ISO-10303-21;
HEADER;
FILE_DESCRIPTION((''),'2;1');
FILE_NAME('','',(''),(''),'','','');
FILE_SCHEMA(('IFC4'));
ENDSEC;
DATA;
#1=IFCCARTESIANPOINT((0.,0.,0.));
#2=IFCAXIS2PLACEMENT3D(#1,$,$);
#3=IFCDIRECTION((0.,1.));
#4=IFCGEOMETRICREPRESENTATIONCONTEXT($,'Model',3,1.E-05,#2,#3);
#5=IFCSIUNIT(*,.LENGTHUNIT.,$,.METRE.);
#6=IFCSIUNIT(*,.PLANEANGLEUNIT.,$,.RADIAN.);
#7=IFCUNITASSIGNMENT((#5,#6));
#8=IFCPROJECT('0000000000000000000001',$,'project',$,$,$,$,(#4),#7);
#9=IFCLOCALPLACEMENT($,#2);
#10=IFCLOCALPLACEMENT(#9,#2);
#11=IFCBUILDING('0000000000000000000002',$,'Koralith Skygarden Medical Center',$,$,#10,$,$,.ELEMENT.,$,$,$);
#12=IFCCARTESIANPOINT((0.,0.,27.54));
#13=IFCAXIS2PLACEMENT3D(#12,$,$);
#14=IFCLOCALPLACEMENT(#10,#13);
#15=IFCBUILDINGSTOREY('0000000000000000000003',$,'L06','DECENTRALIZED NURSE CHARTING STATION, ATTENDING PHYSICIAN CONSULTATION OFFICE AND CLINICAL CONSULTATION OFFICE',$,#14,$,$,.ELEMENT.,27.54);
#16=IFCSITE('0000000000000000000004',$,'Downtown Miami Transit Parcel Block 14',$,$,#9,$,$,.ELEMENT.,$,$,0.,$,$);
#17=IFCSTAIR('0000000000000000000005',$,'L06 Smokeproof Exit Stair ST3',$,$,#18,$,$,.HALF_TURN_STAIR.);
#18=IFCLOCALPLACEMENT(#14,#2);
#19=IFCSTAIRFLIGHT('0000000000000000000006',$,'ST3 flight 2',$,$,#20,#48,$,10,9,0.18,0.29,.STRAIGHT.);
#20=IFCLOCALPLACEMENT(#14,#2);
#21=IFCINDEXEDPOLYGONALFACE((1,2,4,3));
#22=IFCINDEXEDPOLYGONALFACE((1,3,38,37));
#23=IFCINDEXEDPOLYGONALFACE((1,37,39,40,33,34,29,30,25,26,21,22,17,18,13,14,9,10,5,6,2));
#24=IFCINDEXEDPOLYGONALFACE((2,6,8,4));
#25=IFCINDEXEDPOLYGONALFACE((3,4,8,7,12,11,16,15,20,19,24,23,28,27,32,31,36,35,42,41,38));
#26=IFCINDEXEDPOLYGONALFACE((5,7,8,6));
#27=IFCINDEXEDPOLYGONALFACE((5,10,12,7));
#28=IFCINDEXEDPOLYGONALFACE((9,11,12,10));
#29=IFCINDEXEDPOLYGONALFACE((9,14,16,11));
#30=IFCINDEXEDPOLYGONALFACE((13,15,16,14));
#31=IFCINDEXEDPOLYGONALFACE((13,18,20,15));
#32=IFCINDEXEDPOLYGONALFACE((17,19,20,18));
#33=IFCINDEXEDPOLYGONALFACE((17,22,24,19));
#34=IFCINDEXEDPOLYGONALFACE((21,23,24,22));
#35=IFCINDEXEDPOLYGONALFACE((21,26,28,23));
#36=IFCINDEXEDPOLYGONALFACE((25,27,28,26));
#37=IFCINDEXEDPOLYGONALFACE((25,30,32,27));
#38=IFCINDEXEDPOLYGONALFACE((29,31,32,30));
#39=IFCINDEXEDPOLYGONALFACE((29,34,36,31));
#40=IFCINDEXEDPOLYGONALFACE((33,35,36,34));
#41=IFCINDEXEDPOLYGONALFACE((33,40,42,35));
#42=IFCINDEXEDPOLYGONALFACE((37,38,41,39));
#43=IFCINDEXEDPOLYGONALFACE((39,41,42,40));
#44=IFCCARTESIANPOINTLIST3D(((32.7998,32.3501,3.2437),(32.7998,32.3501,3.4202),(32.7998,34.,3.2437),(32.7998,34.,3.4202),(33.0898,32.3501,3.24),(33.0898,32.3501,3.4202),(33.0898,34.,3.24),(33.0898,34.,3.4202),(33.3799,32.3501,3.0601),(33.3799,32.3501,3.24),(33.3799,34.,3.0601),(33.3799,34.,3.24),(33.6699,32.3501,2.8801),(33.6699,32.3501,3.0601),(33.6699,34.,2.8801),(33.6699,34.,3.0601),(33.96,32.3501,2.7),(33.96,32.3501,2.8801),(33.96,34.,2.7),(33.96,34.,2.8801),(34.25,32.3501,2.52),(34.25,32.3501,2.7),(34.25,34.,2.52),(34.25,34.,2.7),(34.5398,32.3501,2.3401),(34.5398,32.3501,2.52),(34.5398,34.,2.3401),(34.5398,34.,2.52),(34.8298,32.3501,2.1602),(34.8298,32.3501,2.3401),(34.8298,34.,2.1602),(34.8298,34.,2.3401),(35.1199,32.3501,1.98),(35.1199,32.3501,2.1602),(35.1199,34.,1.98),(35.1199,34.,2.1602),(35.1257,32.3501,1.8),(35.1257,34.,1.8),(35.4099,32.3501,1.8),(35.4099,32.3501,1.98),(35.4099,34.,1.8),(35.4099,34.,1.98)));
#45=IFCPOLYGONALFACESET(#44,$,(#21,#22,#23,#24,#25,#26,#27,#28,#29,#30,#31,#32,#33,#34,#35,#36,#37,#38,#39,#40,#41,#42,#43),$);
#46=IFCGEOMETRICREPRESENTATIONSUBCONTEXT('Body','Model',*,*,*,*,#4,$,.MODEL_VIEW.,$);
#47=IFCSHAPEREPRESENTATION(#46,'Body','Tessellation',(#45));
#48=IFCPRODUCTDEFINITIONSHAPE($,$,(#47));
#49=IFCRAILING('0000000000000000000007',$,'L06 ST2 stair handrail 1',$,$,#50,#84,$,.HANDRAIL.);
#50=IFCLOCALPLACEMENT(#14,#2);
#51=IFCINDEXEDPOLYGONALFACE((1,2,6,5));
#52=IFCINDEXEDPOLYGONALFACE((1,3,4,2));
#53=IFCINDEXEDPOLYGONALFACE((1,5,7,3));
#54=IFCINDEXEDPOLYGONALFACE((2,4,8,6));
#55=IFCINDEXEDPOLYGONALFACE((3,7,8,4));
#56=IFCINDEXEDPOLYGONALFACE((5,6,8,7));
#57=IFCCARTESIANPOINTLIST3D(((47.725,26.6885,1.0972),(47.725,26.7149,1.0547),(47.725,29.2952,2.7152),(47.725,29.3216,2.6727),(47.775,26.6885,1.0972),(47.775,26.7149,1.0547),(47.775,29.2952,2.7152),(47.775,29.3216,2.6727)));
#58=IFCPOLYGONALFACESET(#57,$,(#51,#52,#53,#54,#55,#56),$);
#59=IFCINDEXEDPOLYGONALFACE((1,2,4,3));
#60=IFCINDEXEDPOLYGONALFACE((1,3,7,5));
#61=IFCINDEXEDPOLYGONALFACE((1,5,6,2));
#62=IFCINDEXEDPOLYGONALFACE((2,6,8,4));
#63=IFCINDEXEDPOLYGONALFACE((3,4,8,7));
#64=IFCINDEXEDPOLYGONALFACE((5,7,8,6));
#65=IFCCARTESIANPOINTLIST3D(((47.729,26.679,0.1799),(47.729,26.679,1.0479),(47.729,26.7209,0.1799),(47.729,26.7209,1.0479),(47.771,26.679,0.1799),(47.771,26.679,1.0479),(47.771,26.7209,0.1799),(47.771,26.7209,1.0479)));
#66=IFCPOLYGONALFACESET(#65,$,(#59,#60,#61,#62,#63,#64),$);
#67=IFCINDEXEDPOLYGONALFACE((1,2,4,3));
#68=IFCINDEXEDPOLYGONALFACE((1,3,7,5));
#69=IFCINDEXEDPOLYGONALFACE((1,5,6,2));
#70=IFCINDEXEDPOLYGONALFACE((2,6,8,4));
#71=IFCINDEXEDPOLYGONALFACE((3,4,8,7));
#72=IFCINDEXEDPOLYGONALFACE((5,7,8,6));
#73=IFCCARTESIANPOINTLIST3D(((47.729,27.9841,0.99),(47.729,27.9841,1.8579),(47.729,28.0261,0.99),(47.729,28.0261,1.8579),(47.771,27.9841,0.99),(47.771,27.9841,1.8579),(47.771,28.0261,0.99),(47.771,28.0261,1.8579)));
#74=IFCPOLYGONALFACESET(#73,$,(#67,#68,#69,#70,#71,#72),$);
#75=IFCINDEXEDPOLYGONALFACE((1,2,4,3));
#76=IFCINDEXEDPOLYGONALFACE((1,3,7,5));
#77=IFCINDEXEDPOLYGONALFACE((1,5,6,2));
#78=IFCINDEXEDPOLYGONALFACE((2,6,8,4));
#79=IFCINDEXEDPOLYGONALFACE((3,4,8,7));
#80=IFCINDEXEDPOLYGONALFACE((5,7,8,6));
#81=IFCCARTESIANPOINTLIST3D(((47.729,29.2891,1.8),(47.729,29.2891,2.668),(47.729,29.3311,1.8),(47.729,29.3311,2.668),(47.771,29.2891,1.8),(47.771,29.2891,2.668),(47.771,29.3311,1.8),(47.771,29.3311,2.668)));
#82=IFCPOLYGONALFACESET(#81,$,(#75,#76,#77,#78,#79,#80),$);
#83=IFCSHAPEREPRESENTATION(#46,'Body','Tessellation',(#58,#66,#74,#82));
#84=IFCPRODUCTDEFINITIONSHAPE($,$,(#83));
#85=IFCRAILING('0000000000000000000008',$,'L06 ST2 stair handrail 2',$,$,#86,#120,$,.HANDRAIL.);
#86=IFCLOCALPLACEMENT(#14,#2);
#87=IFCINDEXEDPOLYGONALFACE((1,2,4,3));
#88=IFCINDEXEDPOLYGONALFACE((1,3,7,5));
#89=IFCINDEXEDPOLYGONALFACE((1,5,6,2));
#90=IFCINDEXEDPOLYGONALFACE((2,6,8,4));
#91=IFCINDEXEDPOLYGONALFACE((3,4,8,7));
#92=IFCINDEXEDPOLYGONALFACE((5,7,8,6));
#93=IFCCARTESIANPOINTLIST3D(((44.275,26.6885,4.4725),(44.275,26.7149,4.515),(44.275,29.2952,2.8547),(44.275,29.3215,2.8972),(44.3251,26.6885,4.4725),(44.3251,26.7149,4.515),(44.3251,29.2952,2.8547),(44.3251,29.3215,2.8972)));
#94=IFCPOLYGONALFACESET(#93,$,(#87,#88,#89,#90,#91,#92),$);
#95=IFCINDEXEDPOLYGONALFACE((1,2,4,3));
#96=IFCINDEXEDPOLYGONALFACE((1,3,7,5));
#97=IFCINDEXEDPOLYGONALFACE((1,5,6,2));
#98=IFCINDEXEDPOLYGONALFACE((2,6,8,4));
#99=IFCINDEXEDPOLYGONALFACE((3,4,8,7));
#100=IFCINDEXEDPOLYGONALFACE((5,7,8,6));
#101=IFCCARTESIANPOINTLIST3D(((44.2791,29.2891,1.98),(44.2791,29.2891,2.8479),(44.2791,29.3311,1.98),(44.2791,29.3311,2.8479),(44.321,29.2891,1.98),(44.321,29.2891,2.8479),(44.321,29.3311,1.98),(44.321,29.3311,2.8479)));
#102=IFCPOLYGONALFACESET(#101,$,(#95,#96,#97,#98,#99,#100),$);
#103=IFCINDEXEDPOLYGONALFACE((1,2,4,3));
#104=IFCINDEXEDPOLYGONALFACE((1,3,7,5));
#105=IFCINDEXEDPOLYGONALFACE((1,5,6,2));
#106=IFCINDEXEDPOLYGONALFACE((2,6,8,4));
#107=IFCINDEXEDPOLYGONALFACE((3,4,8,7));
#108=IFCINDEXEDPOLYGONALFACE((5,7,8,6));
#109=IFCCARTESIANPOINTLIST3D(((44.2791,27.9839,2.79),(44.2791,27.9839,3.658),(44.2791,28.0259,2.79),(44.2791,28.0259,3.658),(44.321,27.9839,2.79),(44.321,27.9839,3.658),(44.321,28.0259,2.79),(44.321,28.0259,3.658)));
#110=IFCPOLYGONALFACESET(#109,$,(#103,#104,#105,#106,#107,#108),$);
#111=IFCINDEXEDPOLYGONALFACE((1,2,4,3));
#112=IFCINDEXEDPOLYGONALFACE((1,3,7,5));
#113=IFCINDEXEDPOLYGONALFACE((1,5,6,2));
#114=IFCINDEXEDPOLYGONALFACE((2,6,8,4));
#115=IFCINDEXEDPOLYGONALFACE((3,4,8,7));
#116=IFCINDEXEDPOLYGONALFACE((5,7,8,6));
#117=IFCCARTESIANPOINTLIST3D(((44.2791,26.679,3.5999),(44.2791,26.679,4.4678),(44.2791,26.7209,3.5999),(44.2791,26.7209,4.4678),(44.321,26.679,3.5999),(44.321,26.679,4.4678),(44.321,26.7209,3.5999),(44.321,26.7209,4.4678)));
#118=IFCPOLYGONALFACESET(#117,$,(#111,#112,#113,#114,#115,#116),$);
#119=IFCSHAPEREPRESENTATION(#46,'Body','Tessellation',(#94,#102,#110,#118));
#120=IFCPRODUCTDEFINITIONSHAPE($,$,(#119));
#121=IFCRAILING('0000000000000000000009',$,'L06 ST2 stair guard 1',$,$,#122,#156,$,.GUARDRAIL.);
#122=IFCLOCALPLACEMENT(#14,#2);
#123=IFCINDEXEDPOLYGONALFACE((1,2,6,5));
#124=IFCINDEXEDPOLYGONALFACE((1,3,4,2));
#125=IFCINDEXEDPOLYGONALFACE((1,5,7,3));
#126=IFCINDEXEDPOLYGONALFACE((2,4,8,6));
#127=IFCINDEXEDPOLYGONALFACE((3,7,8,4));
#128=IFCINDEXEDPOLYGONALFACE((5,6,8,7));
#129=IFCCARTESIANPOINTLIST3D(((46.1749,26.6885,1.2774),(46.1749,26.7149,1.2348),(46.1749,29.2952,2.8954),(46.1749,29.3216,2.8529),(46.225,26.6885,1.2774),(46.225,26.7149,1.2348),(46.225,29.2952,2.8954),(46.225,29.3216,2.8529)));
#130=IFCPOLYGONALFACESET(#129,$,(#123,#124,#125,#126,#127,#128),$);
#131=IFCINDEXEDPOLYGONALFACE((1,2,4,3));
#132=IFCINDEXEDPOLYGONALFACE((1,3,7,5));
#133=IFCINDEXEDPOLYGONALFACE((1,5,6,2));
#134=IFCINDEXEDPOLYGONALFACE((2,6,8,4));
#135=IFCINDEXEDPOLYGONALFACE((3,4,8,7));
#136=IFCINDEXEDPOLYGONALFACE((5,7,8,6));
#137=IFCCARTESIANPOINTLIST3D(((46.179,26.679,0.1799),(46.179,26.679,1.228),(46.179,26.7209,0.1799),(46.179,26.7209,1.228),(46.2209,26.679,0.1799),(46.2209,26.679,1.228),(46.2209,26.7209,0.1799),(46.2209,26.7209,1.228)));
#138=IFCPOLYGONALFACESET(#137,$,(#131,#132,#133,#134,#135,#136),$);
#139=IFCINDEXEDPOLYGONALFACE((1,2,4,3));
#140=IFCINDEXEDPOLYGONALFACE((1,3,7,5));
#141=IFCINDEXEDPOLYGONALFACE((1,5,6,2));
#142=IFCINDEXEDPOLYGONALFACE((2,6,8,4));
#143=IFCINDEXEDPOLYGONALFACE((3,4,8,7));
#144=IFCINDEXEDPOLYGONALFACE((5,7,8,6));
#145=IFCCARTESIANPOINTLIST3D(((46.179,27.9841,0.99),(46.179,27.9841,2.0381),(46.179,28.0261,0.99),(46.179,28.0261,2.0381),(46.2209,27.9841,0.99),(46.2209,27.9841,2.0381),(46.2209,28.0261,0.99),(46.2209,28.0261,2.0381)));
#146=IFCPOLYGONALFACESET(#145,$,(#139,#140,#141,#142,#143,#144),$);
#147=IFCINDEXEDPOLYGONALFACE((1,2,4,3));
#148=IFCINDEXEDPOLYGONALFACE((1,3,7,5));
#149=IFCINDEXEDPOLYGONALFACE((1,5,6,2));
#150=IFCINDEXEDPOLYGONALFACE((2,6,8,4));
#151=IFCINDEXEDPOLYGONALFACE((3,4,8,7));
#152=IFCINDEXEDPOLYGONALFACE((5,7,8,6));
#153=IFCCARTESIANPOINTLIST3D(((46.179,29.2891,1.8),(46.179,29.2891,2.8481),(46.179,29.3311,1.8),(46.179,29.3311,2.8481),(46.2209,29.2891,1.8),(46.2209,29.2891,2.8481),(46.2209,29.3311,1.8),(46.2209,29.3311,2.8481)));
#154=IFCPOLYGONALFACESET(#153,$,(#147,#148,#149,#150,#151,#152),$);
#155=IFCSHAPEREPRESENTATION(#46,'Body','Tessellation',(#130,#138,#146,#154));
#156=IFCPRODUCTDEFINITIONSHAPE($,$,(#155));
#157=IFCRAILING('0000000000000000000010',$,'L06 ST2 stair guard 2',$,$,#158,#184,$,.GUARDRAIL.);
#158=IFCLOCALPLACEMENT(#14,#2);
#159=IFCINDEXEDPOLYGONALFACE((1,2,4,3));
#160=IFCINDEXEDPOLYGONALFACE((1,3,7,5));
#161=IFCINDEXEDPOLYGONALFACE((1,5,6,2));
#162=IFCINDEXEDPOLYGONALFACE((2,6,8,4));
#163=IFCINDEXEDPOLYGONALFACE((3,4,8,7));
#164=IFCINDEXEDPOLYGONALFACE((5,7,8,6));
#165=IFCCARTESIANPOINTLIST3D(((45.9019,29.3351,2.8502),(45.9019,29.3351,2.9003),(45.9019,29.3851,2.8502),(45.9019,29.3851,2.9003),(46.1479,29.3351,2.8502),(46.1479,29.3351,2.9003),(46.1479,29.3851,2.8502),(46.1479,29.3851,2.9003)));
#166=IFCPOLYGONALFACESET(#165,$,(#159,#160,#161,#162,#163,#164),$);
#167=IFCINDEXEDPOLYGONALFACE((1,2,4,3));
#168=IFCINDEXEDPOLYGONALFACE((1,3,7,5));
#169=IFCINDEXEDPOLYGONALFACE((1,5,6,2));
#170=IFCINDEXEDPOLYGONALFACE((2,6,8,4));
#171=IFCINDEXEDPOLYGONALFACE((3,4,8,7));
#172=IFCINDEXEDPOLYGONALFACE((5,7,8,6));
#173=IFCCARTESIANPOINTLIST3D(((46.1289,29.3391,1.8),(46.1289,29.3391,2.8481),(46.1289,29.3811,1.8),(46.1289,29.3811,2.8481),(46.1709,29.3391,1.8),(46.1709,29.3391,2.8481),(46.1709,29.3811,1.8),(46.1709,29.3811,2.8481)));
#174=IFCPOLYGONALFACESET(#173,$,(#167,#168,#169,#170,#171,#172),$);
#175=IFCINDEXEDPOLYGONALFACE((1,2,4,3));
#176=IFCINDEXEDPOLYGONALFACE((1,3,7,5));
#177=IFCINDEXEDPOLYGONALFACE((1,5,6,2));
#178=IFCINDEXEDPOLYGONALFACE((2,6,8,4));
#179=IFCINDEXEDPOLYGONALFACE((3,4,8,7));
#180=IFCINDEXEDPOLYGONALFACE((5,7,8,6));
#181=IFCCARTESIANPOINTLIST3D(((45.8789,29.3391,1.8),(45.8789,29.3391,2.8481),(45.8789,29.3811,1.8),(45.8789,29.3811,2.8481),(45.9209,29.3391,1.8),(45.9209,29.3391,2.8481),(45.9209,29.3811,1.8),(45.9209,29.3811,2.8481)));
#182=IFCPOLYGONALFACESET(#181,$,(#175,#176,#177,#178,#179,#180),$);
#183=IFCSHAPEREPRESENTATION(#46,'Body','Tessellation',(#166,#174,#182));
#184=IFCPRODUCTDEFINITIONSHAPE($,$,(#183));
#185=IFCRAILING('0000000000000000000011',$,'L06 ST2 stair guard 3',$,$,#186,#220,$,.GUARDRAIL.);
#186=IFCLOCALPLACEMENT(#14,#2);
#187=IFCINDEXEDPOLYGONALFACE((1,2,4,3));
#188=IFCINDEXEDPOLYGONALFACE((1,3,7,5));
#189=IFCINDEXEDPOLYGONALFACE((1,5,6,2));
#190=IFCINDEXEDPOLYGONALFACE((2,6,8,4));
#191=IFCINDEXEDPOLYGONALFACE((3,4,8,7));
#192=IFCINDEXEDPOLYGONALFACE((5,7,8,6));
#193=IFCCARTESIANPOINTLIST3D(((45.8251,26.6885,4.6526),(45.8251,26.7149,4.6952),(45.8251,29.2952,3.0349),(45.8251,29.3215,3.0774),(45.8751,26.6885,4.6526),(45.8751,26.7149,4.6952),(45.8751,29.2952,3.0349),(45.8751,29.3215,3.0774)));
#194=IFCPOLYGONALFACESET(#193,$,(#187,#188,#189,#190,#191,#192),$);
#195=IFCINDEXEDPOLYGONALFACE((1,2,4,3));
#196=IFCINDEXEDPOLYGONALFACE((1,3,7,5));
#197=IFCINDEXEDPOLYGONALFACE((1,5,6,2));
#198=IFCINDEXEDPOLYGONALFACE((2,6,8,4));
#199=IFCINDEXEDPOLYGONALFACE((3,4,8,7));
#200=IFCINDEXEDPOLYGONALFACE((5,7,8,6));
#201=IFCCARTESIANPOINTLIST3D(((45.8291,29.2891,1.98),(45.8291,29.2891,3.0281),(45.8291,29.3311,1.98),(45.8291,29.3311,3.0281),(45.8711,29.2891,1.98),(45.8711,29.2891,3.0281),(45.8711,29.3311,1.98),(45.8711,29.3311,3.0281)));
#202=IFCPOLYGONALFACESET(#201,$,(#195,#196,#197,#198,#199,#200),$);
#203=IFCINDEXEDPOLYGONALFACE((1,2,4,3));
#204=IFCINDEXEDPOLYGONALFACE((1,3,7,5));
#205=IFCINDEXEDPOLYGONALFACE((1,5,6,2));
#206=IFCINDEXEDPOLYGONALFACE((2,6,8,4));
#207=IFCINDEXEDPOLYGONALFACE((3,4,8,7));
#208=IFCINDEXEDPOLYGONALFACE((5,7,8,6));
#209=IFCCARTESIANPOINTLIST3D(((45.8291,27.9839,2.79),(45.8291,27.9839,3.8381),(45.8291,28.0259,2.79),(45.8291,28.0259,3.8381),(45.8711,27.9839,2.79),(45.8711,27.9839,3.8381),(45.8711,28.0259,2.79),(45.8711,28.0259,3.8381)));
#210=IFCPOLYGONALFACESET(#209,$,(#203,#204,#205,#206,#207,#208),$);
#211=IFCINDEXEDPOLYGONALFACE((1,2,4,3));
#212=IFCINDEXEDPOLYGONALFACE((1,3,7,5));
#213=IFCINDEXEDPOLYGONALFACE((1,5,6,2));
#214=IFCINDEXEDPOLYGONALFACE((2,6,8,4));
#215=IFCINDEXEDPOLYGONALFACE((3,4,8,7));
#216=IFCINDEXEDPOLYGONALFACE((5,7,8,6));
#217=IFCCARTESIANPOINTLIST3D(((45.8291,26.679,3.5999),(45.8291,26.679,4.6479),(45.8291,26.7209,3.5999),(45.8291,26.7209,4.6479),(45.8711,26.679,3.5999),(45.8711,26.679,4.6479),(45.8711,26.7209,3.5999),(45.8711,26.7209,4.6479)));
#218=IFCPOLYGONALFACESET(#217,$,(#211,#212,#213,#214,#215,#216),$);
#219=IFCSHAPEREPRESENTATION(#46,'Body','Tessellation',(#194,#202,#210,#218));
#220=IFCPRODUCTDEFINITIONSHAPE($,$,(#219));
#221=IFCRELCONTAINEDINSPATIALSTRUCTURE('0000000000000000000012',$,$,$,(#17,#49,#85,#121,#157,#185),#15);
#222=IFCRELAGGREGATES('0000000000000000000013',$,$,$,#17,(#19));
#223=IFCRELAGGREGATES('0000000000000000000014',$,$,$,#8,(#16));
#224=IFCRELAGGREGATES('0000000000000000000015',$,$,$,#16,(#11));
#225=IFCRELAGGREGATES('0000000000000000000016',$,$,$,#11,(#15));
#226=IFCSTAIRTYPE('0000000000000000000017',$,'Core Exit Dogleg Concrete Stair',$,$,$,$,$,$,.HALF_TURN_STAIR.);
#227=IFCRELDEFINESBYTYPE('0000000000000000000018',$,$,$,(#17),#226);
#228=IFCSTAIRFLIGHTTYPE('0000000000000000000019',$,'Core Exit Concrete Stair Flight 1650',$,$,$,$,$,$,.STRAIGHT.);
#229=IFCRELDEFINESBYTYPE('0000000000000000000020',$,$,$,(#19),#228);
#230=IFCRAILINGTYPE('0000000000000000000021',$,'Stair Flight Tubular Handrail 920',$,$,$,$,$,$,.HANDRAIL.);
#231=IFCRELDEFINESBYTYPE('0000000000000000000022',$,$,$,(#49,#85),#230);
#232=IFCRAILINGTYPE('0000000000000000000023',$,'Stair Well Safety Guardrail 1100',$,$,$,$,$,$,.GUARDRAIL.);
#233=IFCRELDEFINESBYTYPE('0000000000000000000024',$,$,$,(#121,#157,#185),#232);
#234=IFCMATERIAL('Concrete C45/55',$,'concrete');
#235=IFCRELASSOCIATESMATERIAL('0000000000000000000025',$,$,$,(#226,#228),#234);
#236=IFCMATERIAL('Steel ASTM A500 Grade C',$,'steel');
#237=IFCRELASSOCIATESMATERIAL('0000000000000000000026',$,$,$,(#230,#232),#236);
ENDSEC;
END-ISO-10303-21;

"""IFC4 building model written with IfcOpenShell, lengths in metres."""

from ifc_helpers import new_model, si_unit, direction, frame, origin, origin_2d, place, context, subcontext, project, spatial, polyline, rectangle, outline, extrude, material, type_object, element, aggregate, save


model = new_model("IFC4")

# Units and contexts
model_context = context("Model", 3, precision=1e-05, world=origin(), true_north=direction((0.0, 1.0)))
body_context = subcontext(model_context, "Body", "Model", "MODEL_VIEW")
ifc_project = project(units=[si_unit("LENGTHUNIT", "METRE"), si_unit("PLANEANGLEUNIT", "RADIAN")], contexts=[model_context])

# Site, building, storey
site_placement = place(None, origin())
site = spatial("IfcSite", under=ifc_project, at=site_placement, Name="Downtown Miami Transit Parcel Block 14", CompositionType="ELEMENT", RefElevation=0.0)
building_placement = place(site_placement, origin())
building = spatial("IfcBuilding", under=site, at=building_placement, Name="Koralith Skygarden Medical Center", CompositionType="ELEMENT")
storey_placement = place(building_placement, frame((0.0, 0.0, 27.54)))
storey = spatial("IfcBuildingStorey", under=building, at=storey_placement, Name="L06", Description="DECENTRALIZED NURSE CHARTING STATION, ATTENDING PHYSICIAN CONSULTATION OFFICE AND CLINICAL CONSULTATION OFFICE", CompositionType="ELEMENT", Elevation=27.54)

# Shared definitions
ifc_material_1 = material(Name="Concrete C45/55", Category="concrete")

# Shared definitions
stair_type = type_object("IfcStairType", Name="Core Exit Dogleg Concrete Stair", PredefinedType="HALF_TURN_STAIR", material=ifc_material_1)
stair_flight_type = type_object("IfcStairFlightType", Name="Core Exit Concrete Stair Flight 1650", PredefinedType="STRAIGHT", material=ifc_material_1)

# Stair, stair flight
stair_1_placement = place(storey_placement, origin())
stair_1 = element("IfcStair", 1, at=stair_1_placement, inside=storey, type_object=stair_type, Name="L06 Smokeproof Exit Stair ST3", PredefinedType="HALF_TURN_STAIR")
stair_flight_1_placement = place(storey_placement, frame((35.4099, 33.175, 1.8), z_axis=(0.0, 0.0, 1.0), x_axis=(-1.0, 0.0, 0.0)))
stair_flight_1 = element("IfcStairFlight", 2, at=stair_flight_1_placement, type_object=stair_flight_type, Name="ST3 flight 2", NumberOfRisers=10, NumberOfTreads=9, PredefinedType="STRAIGHT", RiserHeight=0.18, TreadLength=0.29, context=body_context, shape_type="SweptSolid", body=[
    extrude(outline(polyline([(0.0, 0.0), (0.0, 0.1799), (0.29, 0.1799), (0.29, 0.3601), (0.5801, 0.3601), (0.5801, 0.54), (0.8701, 0.54), (0.8701, 0.72), (1.1599, 0.72), (1.1599, 0.8999), (1.45, 0.8999), (1.45, 1.0801), (1.74, 1.0801), (1.74, 1.26), (2.03, 1.26), (2.03, 1.4399), (2.3201, 1.4399), (2.3201, 1.6201), (2.6101, 1.6201), (2.6101, 1.8), (2.6101, 1.4436), (0.2842, 0.0), (0.0, 0.0)])), frame((0.0, 0.825, 0.0), z_axis=(0.0, -1.0, 0.0), x_axis=(1.0, 0.0, 0.0)), (0.0, 0.0, 1.0), 1.6499),
])
aggregate(stair_1, [stair_flight_1])

# Railings
ifc_material_2 = material(Name="Steel ASTM A500 Grade C", Category="steel")
railing_type_1 = type_object("IfcRailingType", Name="Stair Flight Tubular Handrail 920", PredefinedType="HANDRAIL", material=ifc_material_2)
railing_1_placement = place(storey_placement, frame((47.75, 26.7, 0.1799)))
element("IfcRailing", 3, at=railing_1_placement, inside=storey, type_object=railing_type_1, Name="L06 ST2 stair handrail 1", PredefinedType="HANDRAIL", context=body_context, shape_type="SweptSolid", body=[
    extrude(rectangle(XDim=0.05, YDim=0.05, at=origin_2d()), frame((0.0, 0.0017, 0.896), z_axis=(0.0, 0.849633, 0.527375), x_axis=(-1.0, 0.0, 0.0)), (0.0, 0.0, 1.0), 3.0681),
    extrude(rectangle(XDim=0.042, YDim=0.042, at=origin_2d()), origin(), (0.0, 0.0, 1.0), 0.8679),
    extrude(rectangle(XDim=0.042, YDim=0.042, at=origin_2d()), frame((0.0, 1.3052, 0.8101)), (0.0, 0.0, 1.0), 0.8679),
    extrude(rectangle(XDim=0.042, YDim=0.042, at=origin_2d()), frame((0.0, 2.6101, 1.6201)), (0.0, 0.0, 1.0), 0.8679),
])
railing_2_placement = place(storey_placement, frame((44.3, 29.3101, 1.98)))
element("IfcRailing", 4, at=railing_2_placement, inside=storey, type_object=railing_type_1, Name="L06 ST2 stair handrail 2", PredefinedType="HANDRAIL", context=body_context, shape_type="SweptSolid", body=[
    extrude(rectangle(XDim=0.05, YDim=0.05, at=origin_2d()), frame((0.0, -0.0017, 0.896), z_axis=(0.0, -0.849668, 0.527317), x_axis=(1.0, 0.0, 0.0)), (0.0, 0.0, 1.0), 3.0679),
    extrude(rectangle(XDim=0.042, YDim=0.042, at=origin_2d()), origin(), (0.0, 0.0, 1.0), 0.8679),
    extrude(rectangle(XDim=0.042, YDim=0.042, at=origin_2d()), frame((0.0, -1.3052, 0.8101)), (0.0, 0.0, 1.0), 0.8679),
    extrude(rectangle(XDim=0.042, YDim=0.042, at=origin_2d()), frame((0.0, -2.6101, 1.6199)), (0.0, 0.0, 1.0), 0.8679),
])
railing_type_2 = type_object("IfcRailingType", Name="Stair Well Safety Guardrail 1100", PredefinedType="GUARDRAIL", material=ifc_material_2)
railing_3_placement = place(storey_placement, frame((46.2, 26.7, 0.1799)))
element("IfcRailing", 5, at=railing_3_placement, inside=storey, type_object=railing_type_2, Name="L06 ST2 stair guard 1", PredefinedType="GUARDRAIL", context=body_context, shape_type="SweptSolid", body=[
    extrude(rectangle(XDim=0.05, YDim=0.05, at=origin_2d()), frame((0.0, 0.0017, 1.0762), z_axis=(0.0, 0.849633, 0.527375), x_axis=(-1.0, 0.0, 0.0)), (0.0, 0.0, 1.0), 3.0681),
    extrude(rectangle(XDim=0.042, YDim=0.042, at=origin_2d()), origin(), (0.0, 0.0, 1.0), 1.0481),
    extrude(rectangle(XDim=0.042, YDim=0.042, at=origin_2d()), frame((0.0, 1.3052, 0.8101)), (0.0, 0.0, 1.0), 1.0481),
    extrude(rectangle(XDim=0.042, YDim=0.042, at=origin_2d()), frame((0.0, 2.6101, 1.6201)), (0.0, 0.0, 1.0), 1.0481),
])
railing_4_placement = place(storey_placement, frame((46.1499, 29.3601, 1.8)))
element("IfcRailing", 6, at=railing_4_placement, inside=storey, type_object=railing_type_2, Name="L06 ST2 stair guard 2", PredefinedType="GUARDRAIL", context=body_context, shape_type="SweptSolid", body=[
    extrude(rectangle(XDim=0.05, YDim=0.05, at=origin_2d()), frame((-0.002, 0.0, 1.0752), z_axis=(-1.0, 0.0, 0.0), x_axis=(0.0, -1.0, 0.0)), (0.0, 0.0, 1.0), 0.2461),
    extrude(rectangle(XDim=0.042, YDim=0.042, at=origin_2d()), origin(), (0.0, 0.0, 1.0), 1.0481),
    extrude(rectangle(XDim=0.042, YDim=0.042, at=origin_2d()), frame((-0.25, 0.0, 0.0)), (0.0, 0.0, 1.0), 1.0481),
])
railing_5_placement = place(storey_placement, frame((45.8501, 29.3101, 1.98)))
element("IfcRailing", 7, at=railing_5_placement, inside=storey, type_object=railing_type_2, Name="L06 ST2 stair guard 3", PredefinedType="GUARDRAIL", context=body_context, shape_type="SweptSolid", body=[
    extrude(rectangle(XDim=0.05, YDim=0.05, at=origin_2d()), frame((0.0, -0.0017, 1.0762), z_axis=(0.0, -0.849668, 0.527317), x_axis=(1.0, 0.0, 0.0)), (0.0, 0.0, 1.0), 3.0679),
    extrude(rectangle(XDim=0.042, YDim=0.042, at=origin_2d()), origin(), (0.0, 0.0, 1.0), 1.0481),
    extrude(rectangle(XDim=0.042, YDim=0.042, at=origin_2d()), frame((0.0, -1.3052, 0.8101)), (0.0, 0.0, 1.0), 1.0481),
    extrude(rectangle(XDim=0.042, YDim=0.042, at=origin_2d()), frame((0.0, -2.6101, 1.6199)), (0.0, 0.0, 1.0), 1.0481),
])

save(model, "model.ifc")
